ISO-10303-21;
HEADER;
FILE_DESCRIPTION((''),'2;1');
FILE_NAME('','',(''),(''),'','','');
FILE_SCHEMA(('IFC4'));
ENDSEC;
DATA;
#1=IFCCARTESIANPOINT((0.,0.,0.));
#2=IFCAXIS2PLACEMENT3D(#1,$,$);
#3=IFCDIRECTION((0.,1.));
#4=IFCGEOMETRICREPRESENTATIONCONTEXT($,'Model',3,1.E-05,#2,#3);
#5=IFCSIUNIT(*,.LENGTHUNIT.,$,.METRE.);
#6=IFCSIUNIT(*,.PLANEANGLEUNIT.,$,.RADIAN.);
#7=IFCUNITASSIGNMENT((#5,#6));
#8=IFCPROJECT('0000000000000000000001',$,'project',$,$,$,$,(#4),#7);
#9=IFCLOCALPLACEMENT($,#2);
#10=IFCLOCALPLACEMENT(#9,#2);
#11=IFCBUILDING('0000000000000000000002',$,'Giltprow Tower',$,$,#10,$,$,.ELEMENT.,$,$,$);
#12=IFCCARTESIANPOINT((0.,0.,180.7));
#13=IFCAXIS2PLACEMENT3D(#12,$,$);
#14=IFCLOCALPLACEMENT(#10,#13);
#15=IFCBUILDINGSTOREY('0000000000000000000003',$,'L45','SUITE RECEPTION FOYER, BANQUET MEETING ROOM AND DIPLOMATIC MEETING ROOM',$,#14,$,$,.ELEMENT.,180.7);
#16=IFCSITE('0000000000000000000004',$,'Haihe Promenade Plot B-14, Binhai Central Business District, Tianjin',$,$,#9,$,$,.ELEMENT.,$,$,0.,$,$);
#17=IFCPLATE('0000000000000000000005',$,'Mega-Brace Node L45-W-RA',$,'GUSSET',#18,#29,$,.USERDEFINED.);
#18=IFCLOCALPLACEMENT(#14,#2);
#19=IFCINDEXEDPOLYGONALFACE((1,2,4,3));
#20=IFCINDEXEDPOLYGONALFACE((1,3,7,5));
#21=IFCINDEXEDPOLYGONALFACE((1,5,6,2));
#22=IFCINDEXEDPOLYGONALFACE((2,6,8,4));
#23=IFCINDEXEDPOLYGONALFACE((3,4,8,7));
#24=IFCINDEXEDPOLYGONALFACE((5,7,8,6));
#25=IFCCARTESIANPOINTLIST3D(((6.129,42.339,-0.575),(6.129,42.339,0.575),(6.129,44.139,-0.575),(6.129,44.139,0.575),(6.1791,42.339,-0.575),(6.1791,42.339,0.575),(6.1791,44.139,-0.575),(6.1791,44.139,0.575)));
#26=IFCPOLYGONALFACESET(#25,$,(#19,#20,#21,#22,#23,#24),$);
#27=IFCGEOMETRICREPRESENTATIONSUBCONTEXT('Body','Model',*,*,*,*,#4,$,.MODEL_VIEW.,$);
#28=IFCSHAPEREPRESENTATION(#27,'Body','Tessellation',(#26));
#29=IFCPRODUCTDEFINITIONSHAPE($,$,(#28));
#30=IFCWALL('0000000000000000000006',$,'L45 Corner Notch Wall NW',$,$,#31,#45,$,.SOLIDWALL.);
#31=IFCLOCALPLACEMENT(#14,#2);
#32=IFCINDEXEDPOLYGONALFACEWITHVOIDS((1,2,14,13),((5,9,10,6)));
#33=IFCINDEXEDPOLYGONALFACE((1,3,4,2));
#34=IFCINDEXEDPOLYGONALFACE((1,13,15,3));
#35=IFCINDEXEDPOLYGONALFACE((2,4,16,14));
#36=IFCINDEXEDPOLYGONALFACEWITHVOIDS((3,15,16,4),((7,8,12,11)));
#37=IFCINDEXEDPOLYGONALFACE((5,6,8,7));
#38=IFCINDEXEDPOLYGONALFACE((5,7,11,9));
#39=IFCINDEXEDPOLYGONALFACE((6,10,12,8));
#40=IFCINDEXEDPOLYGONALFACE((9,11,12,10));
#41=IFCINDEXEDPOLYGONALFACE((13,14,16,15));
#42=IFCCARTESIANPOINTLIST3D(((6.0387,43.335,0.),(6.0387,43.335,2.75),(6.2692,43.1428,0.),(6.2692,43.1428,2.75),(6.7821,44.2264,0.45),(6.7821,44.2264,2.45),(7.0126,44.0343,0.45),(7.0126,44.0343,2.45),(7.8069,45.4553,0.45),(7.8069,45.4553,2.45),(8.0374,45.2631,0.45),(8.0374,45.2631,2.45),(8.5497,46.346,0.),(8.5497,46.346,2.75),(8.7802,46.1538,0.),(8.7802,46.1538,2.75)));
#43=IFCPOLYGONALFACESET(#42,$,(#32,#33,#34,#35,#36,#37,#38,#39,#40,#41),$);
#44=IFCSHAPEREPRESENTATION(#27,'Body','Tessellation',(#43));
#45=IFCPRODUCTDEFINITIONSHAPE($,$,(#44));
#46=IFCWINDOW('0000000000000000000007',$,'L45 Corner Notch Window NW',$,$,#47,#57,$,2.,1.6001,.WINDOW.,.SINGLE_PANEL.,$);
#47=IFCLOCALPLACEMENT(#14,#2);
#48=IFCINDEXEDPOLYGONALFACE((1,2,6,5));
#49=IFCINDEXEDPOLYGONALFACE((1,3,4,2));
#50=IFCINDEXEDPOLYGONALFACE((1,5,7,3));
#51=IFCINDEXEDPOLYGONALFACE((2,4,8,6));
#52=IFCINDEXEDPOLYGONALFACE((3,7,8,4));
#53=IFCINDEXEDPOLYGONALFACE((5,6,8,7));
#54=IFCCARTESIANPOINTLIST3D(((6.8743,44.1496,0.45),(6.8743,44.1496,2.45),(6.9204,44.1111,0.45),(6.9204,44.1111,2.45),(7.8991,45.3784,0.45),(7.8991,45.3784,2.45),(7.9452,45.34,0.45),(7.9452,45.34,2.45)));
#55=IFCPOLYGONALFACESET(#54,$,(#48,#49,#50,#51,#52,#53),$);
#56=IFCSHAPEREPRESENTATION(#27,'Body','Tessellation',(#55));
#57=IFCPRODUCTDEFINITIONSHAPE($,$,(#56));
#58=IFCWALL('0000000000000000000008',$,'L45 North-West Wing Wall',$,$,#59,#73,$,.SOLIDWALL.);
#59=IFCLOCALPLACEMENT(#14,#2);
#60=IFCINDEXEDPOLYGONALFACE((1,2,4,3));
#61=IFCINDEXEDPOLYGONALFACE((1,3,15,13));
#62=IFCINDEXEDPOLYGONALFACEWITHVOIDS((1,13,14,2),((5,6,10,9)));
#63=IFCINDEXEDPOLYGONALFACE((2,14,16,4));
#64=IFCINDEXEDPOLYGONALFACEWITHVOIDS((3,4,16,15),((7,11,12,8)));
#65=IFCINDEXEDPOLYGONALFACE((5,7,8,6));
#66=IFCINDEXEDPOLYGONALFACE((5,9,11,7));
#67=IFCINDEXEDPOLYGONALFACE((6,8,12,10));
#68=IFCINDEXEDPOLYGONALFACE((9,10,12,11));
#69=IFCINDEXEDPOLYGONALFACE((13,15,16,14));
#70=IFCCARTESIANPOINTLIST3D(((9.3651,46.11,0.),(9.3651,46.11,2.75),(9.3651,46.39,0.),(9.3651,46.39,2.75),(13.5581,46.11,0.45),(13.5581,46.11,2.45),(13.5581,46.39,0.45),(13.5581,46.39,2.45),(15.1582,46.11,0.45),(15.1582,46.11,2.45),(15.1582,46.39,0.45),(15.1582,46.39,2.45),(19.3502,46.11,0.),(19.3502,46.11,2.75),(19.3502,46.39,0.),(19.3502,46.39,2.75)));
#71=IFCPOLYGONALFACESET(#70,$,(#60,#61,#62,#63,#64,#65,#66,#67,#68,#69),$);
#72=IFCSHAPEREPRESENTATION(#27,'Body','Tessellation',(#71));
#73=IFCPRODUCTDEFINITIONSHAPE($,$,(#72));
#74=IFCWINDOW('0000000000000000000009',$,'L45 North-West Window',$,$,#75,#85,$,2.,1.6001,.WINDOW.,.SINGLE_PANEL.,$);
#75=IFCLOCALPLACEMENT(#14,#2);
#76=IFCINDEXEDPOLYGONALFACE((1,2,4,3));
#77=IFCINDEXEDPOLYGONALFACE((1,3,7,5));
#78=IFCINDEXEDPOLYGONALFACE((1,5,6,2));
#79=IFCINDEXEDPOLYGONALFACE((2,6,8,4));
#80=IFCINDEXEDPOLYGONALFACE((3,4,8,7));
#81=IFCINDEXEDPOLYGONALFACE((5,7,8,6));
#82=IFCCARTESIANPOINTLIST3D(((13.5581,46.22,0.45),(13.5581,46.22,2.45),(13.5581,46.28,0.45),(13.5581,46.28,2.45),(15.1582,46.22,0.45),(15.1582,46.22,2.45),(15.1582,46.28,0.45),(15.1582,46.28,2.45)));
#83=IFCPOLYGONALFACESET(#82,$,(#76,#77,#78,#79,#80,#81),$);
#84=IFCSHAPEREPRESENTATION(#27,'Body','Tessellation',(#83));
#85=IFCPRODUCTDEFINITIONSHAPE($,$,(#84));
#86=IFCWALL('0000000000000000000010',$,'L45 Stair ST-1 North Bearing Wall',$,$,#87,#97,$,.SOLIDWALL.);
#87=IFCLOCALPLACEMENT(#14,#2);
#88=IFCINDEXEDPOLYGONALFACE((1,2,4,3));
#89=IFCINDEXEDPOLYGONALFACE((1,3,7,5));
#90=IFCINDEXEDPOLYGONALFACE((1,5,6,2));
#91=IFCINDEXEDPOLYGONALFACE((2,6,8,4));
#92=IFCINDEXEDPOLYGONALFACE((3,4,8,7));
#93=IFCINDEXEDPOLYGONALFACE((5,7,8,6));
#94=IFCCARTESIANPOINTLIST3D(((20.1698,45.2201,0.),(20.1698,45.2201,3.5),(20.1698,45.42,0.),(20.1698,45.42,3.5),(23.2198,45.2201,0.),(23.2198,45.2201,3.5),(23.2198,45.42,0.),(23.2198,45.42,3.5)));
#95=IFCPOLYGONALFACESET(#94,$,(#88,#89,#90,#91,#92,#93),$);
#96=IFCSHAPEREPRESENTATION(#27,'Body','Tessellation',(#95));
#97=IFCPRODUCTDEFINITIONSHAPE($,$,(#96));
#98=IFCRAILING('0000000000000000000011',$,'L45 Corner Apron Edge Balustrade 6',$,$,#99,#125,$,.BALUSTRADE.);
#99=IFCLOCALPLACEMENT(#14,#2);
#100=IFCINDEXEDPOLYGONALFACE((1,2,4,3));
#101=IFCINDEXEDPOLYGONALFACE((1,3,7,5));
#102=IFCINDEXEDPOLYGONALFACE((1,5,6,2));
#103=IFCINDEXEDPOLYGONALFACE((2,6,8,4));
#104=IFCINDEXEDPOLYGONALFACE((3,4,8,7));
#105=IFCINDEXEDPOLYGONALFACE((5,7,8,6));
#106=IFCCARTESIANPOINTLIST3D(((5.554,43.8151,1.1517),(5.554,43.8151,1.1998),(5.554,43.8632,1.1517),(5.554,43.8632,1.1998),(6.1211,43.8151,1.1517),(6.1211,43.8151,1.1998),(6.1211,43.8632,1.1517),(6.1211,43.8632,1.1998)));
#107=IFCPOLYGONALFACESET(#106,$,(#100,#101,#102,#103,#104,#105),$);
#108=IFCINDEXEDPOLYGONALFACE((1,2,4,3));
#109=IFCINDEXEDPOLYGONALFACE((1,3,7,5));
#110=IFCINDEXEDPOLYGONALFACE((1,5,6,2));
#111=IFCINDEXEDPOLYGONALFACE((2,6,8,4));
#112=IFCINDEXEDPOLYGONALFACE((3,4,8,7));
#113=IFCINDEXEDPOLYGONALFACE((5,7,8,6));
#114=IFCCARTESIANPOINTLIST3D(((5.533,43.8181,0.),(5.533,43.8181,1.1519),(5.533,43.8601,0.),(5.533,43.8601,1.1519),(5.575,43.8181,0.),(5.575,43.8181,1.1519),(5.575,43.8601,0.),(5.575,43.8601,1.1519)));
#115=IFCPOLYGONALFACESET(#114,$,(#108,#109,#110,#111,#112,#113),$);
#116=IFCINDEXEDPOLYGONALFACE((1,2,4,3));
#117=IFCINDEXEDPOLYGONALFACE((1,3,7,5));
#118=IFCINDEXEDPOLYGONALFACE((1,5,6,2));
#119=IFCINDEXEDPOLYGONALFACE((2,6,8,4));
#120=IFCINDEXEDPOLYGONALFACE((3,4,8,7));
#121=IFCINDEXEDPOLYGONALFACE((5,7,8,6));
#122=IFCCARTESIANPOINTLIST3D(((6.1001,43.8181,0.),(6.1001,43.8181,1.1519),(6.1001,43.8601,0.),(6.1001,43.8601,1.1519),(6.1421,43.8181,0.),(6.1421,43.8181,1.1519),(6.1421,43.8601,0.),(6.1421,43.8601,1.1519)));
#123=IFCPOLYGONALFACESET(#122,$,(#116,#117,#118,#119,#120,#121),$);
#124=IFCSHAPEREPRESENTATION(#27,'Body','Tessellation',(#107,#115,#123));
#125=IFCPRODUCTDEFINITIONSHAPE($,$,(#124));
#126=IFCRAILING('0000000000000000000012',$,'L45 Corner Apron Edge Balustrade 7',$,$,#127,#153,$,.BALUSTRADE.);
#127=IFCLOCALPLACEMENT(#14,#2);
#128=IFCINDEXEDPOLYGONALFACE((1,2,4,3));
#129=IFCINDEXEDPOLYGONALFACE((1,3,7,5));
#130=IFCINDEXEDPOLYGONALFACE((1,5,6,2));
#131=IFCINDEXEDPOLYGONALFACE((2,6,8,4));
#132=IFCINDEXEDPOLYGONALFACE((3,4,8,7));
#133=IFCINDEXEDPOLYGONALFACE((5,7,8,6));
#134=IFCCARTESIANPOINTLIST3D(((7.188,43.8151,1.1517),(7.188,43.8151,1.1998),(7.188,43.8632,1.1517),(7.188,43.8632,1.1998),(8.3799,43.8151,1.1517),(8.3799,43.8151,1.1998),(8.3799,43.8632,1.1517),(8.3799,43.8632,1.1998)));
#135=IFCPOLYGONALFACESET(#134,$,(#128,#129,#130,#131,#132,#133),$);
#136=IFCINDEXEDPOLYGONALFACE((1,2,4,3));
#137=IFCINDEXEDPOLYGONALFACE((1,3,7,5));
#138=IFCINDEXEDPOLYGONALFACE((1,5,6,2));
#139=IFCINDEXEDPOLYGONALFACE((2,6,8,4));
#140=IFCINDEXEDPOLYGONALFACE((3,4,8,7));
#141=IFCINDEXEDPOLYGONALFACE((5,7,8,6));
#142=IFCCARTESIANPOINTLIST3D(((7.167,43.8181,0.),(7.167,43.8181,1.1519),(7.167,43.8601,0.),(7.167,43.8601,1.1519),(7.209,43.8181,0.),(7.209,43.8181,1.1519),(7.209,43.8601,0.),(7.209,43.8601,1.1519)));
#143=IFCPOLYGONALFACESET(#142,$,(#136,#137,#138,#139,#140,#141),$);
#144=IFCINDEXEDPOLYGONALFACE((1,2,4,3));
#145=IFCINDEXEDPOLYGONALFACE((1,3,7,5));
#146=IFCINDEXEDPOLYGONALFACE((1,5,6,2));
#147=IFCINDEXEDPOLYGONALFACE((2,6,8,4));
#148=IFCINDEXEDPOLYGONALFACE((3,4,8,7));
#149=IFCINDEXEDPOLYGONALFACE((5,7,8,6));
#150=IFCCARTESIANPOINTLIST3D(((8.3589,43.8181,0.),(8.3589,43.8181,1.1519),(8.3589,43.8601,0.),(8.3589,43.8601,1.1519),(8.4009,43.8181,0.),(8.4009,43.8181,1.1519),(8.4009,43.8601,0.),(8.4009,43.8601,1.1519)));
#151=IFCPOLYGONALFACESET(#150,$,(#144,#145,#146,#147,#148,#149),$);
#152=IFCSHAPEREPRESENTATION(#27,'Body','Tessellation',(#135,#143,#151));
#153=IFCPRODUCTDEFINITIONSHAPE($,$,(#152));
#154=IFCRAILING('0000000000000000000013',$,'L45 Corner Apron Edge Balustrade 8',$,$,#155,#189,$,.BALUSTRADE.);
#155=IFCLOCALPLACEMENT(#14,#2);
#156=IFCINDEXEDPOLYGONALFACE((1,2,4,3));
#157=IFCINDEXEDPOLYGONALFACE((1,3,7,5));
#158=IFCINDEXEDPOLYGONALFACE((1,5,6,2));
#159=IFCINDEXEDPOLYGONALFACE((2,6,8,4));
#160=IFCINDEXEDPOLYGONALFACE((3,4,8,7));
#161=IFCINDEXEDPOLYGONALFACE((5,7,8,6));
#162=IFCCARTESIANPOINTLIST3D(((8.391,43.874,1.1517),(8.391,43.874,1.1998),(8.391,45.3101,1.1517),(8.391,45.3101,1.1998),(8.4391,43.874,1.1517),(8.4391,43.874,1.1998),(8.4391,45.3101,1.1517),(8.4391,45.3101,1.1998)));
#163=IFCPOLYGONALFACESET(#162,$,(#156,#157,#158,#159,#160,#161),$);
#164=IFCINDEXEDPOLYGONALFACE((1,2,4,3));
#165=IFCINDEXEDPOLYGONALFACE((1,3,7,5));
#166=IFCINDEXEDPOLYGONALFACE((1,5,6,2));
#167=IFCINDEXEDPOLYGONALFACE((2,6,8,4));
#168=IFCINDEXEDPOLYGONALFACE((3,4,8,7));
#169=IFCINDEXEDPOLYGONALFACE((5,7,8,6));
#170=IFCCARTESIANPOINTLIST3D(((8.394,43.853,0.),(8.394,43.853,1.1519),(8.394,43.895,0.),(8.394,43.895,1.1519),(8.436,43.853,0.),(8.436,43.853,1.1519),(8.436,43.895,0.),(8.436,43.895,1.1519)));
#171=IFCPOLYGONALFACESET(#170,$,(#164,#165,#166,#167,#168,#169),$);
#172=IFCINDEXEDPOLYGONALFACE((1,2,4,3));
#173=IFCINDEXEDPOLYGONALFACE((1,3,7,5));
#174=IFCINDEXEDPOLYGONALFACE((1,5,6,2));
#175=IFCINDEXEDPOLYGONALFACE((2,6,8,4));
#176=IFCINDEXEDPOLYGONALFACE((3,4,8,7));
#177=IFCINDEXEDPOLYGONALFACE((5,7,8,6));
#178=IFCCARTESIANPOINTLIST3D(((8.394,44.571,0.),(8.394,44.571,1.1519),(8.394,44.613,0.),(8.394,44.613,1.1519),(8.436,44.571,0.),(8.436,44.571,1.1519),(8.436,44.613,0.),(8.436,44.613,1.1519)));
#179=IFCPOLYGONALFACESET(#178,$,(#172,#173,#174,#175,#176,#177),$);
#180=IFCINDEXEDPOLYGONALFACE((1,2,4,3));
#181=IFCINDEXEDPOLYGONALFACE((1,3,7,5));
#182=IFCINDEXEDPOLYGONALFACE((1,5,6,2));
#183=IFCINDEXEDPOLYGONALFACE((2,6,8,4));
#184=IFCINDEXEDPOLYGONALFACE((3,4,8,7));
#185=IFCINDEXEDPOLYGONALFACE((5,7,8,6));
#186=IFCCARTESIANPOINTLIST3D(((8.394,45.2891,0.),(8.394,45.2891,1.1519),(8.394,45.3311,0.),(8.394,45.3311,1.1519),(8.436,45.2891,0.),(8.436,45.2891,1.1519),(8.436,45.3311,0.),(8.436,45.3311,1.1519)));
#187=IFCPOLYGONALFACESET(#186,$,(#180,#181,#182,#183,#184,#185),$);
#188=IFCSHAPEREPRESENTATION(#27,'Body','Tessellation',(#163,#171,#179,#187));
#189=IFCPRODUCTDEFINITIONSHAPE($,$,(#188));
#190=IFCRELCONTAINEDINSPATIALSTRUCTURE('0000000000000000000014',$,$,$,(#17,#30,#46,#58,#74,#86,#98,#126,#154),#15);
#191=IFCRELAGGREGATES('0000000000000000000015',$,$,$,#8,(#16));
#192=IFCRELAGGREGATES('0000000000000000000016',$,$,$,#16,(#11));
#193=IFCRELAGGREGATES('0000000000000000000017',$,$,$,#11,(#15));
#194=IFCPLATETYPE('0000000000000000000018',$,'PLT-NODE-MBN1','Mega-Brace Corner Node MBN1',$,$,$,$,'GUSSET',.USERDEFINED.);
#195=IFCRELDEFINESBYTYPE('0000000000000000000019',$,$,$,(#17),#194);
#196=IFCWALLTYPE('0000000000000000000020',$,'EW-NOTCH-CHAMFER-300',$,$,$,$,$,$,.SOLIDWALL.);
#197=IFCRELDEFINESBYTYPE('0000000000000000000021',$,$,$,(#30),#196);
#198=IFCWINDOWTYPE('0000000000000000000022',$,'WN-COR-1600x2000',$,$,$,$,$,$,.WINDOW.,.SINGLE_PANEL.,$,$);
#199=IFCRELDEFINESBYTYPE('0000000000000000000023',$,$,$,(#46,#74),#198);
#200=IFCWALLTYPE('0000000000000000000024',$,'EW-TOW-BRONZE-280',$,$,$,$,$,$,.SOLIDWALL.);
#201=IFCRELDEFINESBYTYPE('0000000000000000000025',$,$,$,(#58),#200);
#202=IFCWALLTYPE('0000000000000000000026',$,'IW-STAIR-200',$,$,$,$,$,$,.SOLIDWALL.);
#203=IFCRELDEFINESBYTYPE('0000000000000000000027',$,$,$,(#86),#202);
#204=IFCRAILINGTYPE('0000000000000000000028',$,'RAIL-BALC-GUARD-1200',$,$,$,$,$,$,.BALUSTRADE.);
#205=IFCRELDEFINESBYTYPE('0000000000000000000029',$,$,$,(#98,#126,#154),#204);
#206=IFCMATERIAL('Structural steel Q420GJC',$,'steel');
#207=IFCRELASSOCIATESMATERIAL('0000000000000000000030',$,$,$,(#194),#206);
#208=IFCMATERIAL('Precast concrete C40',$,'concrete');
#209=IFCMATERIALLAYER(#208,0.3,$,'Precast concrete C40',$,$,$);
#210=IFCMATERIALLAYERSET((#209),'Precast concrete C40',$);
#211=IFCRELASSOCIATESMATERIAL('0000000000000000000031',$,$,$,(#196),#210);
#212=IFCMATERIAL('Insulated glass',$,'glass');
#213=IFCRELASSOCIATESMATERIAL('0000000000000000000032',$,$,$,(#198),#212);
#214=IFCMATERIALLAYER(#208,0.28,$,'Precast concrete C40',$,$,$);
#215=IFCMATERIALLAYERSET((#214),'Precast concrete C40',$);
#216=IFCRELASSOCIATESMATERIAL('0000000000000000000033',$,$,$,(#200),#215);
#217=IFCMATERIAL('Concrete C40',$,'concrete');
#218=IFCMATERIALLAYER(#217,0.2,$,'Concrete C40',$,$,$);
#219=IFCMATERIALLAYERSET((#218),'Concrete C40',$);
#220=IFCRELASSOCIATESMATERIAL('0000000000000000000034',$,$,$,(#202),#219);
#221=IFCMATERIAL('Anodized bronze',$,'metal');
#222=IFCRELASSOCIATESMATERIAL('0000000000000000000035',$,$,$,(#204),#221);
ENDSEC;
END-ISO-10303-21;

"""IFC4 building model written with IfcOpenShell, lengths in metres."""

from ifc_helpers import new_model, si_unit, direction, frame, frame_2d, origin, origin_2d, place, context, subcontext, project, spatial, rectangle, extrude, source, transform, mapped, material, layer, layer_set, type_object, element, fill, save


model = new_model("IFC4")

# Units and contexts
model_context = context("Model", 3, precision=1e-05, world=origin(), true_north=direction((0.0, 1.0)))
body_context = subcontext(model_context, "Body", "Model", "MODEL_VIEW")
ifc_project = project(units=[si_unit("LENGTHUNIT", "METRE"), si_unit("PLANEANGLEUNIT", "RADIAN")], contexts=[model_context])

# Site, building, storey
site_placement = place(None, origin())
site = spatial("IfcSite", under=ifc_project, at=site_placement, Name="Haihe Promenade Plot B-14, Binhai Central Business District, Tianjin", CompositionType="ELEMENT", RefElevation=0.0)
building_placement = place(site_placement, origin())
building = spatial("IfcBuilding", under=site, at=building_placement, Name="Giltprow Tower", CompositionType="ELEMENT")
storey_placement = place(building_placement, frame((0.0, 0.0, 180.7)))
storey = spatial("IfcBuildingStorey", under=building, at=storey_placement, Name="L45", Description="SUITE RECEPTION FOYER, BANQUET MEETING ROOM AND DIPLOMATIC MEETING ROOM", CompositionType="ELEMENT", Elevation=180.7)

# Shared definitions
ifc_material_1 = material(Name="Structural steel Q420GJC", Category="steel")

# Plate
plate_type = type_object("IfcPlateType", Name="PLT-NODE-MBN1", Description="Mega-Brace Corner Node MBN1", ElementType="GUSSET", PredefinedType="USERDEFINED", material=ifc_material_1)
shared_shape_1 = source(origin(), body_context, "Body", "SweptSolid", [
    extrude(rectangle(XDim=1.8, YDim=0.05, at=origin_2d()), origin(), (0.0, 0.0, 1.0), 1.1499),
])
for number, where, z_axis, x_axis, name in (
    (1, (6.1541, 43.239, -0.575), (0.0, 0.0, 1.0), (0.0, 1.0, 0.0), "Mega-Brace Node L45-W-RA"),
):
    element("IfcPlate", number, at=place(storey_placement, frame(where, z_axis=z_axis, x_axis=x_axis)), inside=storey, type_object=plate_type, Name=name, ObjectType="GUSSET", PredefinedType="USERDEFINED", context=body_context, shape_type="MappedRepresentation", body=[
        mapped(shared_shape_1, transform((0.0, 0.0, 0.0), x_axis=(1.0, 0.0, 0.0), y_axis=(0.0, 1.0, 0.0), z_axis=(0.0, 0.0, 1.0), scale=1.0)),
    ])

# Walls, openings, windows
ifc_material_2 = material(Name="Precast concrete C40", Category="concrete")
ifc_layer_1 = layer(ifc_material_2, 0.3, Name="Precast concrete C40")
ifc_layer_set_1 = layer_set([ifc_layer_1], Name="Precast concrete C40")
wall_type_1 = type_object("IfcWallType", Name="EW-NOTCH-CHAMFER-300", PredefinedType="SOLIDWALL", material=ifc_layer_set_1)
wall_1_placement = place(storey_placement, frame((8.665, 46.25, 0.0), z_axis=(0.0, 0.0, 1.0), x_axis=(-0.64046, -0.767992, 0.0)))
wall_1 = element("IfcWall", 2, at=wall_1_placement, inside=storey, type_object=wall_type_1, Name="L45 Corner Notch Wall NW", PredefinedType="SOLIDWALL", context=body_context, shape_type="SweptSolid", body=[
    extrude(rectangle(XDim=3.9207, YDim=0.3, at=frame_2d((1.9604, 0.0))), origin(), (0.0, 0.0, 1.0), 2.75),
])
opening_1_placement = place(wall_1_placement, frame((1.1599, 0.0, 0.45)))
opening_1 = element("IfcOpeningElement", 3, at=opening_1_placement, cuts=wall_1, PredefinedType="OPENING", context=body_context, shape_type="SweptSolid", body=[
    extrude(rectangle(XDim=1.6001, YDim=2.0, at=frame_2d((0.8, 1.0))), frame((0.0, 0.1599, 0.0), z_axis=(0.0, -1.0, 0.0), x_axis=(1.0, 0.0, 0.0)), (0.0, 0.0, 1.0), 0.3201),
])
ifc_material_3 = material(Name="Insulated glass", Category="glass")
window_type = type_object("IfcWindowType", Name="WN-COR-1600x2000", PartitioningType="SINGLE_PANEL", PredefinedType="WINDOW", material=ifc_material_3)
shared_shape_2 = source(origin(), body_context, "Body", "SweptSolid", [
    extrude(rectangle(XDim=1.6001, YDim=2.0, at=frame_2d((0.8, 1.0))), frame((0.0, 0.03, 0.0), z_axis=(0.0, -1.0, 0.0), x_axis=(1.0, 0.0, 0.0)), (0.0, 0.0, 1.0), 0.0601),
])
window_1_placement = place(opening_1_placement, origin())
window_1 = element("IfcWindow", 4, at=window_1_placement, inside=storey, type_object=window_type, Name="L45 Corner Notch Window NW", OverallHeight=2.0, OverallWidth=1.6001, PartitioningType="SINGLE_PANEL", PredefinedType="WINDOW", context=body_context, shape_type="MappedRepresentation", body=[
    mapped(shared_shape_2, transform((0.0, 0.0, 0.0), x_axis=(1.0, 0.0, 0.0), y_axis=(0.0, 1.0, 0.0), z_axis=(0.0, 0.0, 1.0), scale=1.0)),
])
fill(opening_1, window_1)
ifc_layer_2 = layer(ifc_material_2, 0.28, Name="Precast concrete C40")
ifc_layer_set_2 = layer_set([ifc_layer_2], Name="Precast concrete C40")
wall_type_2 = type_object("IfcWallType", Name="EW-TOW-BRONZE-280", PredefinedType="SOLIDWALL", material=ifc_layer_set_2)
wall_2_placement = place(storey_placement, frame((9.365, 46.25, 0.0), z_axis=(0.0, 0.0, 1.0), x_axis=(1.0, 0.0, 0.0)))
wall_2 = element("IfcWall", 5, at=wall_2_placement, inside=storey, type_object=wall_type_2, Name="L45 North-West Wing Wall", PredefinedType="SOLIDWALL", context=body_context, shape_type="SweptSolid", body=[
    extrude(rectangle(XDim=9.9851, YDim=0.28, at=frame_2d((4.9927, 0.0))), origin(), (0.0, 0.0, 1.0), 2.75),
])
opening_2_placement = place(wall_2_placement, frame((4.1931, 0.0, 0.45)))
opening_2 = element("IfcOpeningElement", 6, at=opening_2_placement, cuts=wall_2, PredefinedType="OPENING", context=body_context, shape_type="SweptSolid", body=[
    extrude(rectangle(XDim=1.6001, YDim=2.0, at=frame_2d((0.8, 1.0))), frame((0.0, 0.1499, 0.0), z_axis=(0.0, -1.0, 0.0), x_axis=(1.0, 0.0, 0.0)), (0.0, 0.0, 1.0), 0.3),
])
window_2_placement = place(opening_2_placement, origin())
window_2 = element("IfcWindow", 7, at=window_2_placement, inside=storey, type_object=window_type, Name="L45 North-West Window", OverallHeight=2.0, OverallWidth=1.6001, PartitioningType="SINGLE_PANEL", PredefinedType="WINDOW", context=body_context, shape_type="MappedRepresentation", body=[
    mapped(shared_shape_2, transform((0.0, 0.0, 0.0), x_axis=(1.0, 0.0, 0.0), y_axis=(0.0, 1.0, 0.0), z_axis=(0.0, 0.0, 1.0), scale=1.0)),
])
fill(opening_2, window_2)

# Wall
ifc_material_4 = material(Name="Concrete C40", Category="concrete")
ifc_layer_3 = layer(ifc_material_4, 0.2, Name="Concrete C40")
ifc_layer_set_3 = layer_set([ifc_layer_3], Name="Concrete C40")
wall_type_3 = type_object("IfcWallType", Name="IW-STAIR-200", PredefinedType="SOLIDWALL", material=ifc_layer_set_3)
wall_3_placement = place(storey_placement, frame((20.1699, 45.3201, 0.0), z_axis=(0.0, 0.0, 1.0), x_axis=(1.0, 0.0, 0.0)))
element("IfcWall", 8, at=wall_3_placement, inside=storey, type_object=wall_type_3, Name="L45 Stair ST-1 North Bearing Wall", PredefinedType="SOLIDWALL", context=body_context, shape_type="SweptSolid", body=[
    extrude(rectangle(XDim=3.05, YDim=0.2, at=frame_2d((1.5249, 0.0))), origin(), (0.0, 0.0, 1.0), 3.5),
])

# Railings
ifc_material_5 = material(Name="Anodized bronze", Category="metal")
railing_type = type_object("IfcRailingType", Name="RAIL-BALC-GUARD-1200", PredefinedType="BALUSTRADE", material=ifc_material_5)
railing_1_placement = place(storey_placement, frame((5.554, 43.8391, 0.0)))
element("IfcRailing", 9, at=railing_1_placement, inside=storey, type_object=railing_type, Name="L45 Corner Apron Edge Balustrade 6", PredefinedType="BALUSTRADE", context=body_context, shape_type="SweptSolid", body=[
    extrude(rectangle(XDim=0.0481, YDim=0.0481, at=origin_2d()), frame((0.0, 0.0, 1.1758), z_axis=(1.0, 0.0, 0.0), x_axis=(0.0, 1.0, 0.0)), (0.0, 0.0, 1.0), 0.5671),
    extrude(rectangle(XDim=0.042, YDim=0.042, at=origin_2d()), origin(), (0.0, 0.0, 1.0), 1.1519),
    extrude(rectangle(XDim=0.042, YDim=0.042, at=origin_2d()), frame((0.5671, 0.0, 0.0)), (0.0, 0.0, 1.0), 1.1519),
])
railing_2_placement = place(storey_placement, frame((7.188, 43.8391, 0.0)))
element("IfcRailing", 10, at=railing_2_placement, inside=storey, type_object=railing_type, Name="L45 Corner Apron Edge Balustrade 7", PredefinedType="BALUSTRADE", context=body_context, shape_type="SweptSolid", body=[
    extrude(rectangle(XDim=0.0481, YDim=0.0481, at=origin_2d()), frame((0.0, 0.0, 1.1758), z_axis=(1.0, 0.0, 0.0), x_axis=(0.0, 1.0, 0.0)), (0.0, 0.0, 1.0), 1.1919),
    extrude(rectangle(XDim=0.042, YDim=0.042, at=origin_2d()), origin(), (0.0, 0.0, 1.0), 1.1519),
    extrude(rectangle(XDim=0.042, YDim=0.042, at=origin_2d()), frame((1.1919, 0.0, 0.0)), (0.0, 0.0, 1.0), 1.1519),
])
railing_3_placement = place(storey_placement, frame((8.415, 43.874, 0.0)))
element("IfcRailing", 11, at=railing_3_placement, inside=storey, type_object=railing_type, Name="L45 Corner Apron Edge Balustrade 8", PredefinedType="BALUSTRADE", context=body_context, shape_type="SweptSolid", body=[
    extrude(rectangle(XDim=0.0481, YDim=0.0481, at=origin_2d()), frame((0.0, 0.0, 1.1758), z_axis=(0.0, 1.0, 0.0), x_axis=(-1.0, 0.0, 0.0)), (0.0, 0.0, 1.0), 1.436),
    extrude(rectangle(XDim=0.042, YDim=0.042, at=origin_2d()), origin(), (0.0, 0.0, 1.0), 1.1519),
    extrude(rectangle(XDim=0.042, YDim=0.042, at=origin_2d()), frame((0.0, 0.718, 0.0)), (0.0, 0.0, 1.0), 1.1519),
    extrude(rectangle(XDim=0.042, YDim=0.042, at=origin_2d()), frame((0.0, 1.436, 0.0)), (0.0, 0.0, 1.0), 1.1519),
])

save(model, "model.ifc")
